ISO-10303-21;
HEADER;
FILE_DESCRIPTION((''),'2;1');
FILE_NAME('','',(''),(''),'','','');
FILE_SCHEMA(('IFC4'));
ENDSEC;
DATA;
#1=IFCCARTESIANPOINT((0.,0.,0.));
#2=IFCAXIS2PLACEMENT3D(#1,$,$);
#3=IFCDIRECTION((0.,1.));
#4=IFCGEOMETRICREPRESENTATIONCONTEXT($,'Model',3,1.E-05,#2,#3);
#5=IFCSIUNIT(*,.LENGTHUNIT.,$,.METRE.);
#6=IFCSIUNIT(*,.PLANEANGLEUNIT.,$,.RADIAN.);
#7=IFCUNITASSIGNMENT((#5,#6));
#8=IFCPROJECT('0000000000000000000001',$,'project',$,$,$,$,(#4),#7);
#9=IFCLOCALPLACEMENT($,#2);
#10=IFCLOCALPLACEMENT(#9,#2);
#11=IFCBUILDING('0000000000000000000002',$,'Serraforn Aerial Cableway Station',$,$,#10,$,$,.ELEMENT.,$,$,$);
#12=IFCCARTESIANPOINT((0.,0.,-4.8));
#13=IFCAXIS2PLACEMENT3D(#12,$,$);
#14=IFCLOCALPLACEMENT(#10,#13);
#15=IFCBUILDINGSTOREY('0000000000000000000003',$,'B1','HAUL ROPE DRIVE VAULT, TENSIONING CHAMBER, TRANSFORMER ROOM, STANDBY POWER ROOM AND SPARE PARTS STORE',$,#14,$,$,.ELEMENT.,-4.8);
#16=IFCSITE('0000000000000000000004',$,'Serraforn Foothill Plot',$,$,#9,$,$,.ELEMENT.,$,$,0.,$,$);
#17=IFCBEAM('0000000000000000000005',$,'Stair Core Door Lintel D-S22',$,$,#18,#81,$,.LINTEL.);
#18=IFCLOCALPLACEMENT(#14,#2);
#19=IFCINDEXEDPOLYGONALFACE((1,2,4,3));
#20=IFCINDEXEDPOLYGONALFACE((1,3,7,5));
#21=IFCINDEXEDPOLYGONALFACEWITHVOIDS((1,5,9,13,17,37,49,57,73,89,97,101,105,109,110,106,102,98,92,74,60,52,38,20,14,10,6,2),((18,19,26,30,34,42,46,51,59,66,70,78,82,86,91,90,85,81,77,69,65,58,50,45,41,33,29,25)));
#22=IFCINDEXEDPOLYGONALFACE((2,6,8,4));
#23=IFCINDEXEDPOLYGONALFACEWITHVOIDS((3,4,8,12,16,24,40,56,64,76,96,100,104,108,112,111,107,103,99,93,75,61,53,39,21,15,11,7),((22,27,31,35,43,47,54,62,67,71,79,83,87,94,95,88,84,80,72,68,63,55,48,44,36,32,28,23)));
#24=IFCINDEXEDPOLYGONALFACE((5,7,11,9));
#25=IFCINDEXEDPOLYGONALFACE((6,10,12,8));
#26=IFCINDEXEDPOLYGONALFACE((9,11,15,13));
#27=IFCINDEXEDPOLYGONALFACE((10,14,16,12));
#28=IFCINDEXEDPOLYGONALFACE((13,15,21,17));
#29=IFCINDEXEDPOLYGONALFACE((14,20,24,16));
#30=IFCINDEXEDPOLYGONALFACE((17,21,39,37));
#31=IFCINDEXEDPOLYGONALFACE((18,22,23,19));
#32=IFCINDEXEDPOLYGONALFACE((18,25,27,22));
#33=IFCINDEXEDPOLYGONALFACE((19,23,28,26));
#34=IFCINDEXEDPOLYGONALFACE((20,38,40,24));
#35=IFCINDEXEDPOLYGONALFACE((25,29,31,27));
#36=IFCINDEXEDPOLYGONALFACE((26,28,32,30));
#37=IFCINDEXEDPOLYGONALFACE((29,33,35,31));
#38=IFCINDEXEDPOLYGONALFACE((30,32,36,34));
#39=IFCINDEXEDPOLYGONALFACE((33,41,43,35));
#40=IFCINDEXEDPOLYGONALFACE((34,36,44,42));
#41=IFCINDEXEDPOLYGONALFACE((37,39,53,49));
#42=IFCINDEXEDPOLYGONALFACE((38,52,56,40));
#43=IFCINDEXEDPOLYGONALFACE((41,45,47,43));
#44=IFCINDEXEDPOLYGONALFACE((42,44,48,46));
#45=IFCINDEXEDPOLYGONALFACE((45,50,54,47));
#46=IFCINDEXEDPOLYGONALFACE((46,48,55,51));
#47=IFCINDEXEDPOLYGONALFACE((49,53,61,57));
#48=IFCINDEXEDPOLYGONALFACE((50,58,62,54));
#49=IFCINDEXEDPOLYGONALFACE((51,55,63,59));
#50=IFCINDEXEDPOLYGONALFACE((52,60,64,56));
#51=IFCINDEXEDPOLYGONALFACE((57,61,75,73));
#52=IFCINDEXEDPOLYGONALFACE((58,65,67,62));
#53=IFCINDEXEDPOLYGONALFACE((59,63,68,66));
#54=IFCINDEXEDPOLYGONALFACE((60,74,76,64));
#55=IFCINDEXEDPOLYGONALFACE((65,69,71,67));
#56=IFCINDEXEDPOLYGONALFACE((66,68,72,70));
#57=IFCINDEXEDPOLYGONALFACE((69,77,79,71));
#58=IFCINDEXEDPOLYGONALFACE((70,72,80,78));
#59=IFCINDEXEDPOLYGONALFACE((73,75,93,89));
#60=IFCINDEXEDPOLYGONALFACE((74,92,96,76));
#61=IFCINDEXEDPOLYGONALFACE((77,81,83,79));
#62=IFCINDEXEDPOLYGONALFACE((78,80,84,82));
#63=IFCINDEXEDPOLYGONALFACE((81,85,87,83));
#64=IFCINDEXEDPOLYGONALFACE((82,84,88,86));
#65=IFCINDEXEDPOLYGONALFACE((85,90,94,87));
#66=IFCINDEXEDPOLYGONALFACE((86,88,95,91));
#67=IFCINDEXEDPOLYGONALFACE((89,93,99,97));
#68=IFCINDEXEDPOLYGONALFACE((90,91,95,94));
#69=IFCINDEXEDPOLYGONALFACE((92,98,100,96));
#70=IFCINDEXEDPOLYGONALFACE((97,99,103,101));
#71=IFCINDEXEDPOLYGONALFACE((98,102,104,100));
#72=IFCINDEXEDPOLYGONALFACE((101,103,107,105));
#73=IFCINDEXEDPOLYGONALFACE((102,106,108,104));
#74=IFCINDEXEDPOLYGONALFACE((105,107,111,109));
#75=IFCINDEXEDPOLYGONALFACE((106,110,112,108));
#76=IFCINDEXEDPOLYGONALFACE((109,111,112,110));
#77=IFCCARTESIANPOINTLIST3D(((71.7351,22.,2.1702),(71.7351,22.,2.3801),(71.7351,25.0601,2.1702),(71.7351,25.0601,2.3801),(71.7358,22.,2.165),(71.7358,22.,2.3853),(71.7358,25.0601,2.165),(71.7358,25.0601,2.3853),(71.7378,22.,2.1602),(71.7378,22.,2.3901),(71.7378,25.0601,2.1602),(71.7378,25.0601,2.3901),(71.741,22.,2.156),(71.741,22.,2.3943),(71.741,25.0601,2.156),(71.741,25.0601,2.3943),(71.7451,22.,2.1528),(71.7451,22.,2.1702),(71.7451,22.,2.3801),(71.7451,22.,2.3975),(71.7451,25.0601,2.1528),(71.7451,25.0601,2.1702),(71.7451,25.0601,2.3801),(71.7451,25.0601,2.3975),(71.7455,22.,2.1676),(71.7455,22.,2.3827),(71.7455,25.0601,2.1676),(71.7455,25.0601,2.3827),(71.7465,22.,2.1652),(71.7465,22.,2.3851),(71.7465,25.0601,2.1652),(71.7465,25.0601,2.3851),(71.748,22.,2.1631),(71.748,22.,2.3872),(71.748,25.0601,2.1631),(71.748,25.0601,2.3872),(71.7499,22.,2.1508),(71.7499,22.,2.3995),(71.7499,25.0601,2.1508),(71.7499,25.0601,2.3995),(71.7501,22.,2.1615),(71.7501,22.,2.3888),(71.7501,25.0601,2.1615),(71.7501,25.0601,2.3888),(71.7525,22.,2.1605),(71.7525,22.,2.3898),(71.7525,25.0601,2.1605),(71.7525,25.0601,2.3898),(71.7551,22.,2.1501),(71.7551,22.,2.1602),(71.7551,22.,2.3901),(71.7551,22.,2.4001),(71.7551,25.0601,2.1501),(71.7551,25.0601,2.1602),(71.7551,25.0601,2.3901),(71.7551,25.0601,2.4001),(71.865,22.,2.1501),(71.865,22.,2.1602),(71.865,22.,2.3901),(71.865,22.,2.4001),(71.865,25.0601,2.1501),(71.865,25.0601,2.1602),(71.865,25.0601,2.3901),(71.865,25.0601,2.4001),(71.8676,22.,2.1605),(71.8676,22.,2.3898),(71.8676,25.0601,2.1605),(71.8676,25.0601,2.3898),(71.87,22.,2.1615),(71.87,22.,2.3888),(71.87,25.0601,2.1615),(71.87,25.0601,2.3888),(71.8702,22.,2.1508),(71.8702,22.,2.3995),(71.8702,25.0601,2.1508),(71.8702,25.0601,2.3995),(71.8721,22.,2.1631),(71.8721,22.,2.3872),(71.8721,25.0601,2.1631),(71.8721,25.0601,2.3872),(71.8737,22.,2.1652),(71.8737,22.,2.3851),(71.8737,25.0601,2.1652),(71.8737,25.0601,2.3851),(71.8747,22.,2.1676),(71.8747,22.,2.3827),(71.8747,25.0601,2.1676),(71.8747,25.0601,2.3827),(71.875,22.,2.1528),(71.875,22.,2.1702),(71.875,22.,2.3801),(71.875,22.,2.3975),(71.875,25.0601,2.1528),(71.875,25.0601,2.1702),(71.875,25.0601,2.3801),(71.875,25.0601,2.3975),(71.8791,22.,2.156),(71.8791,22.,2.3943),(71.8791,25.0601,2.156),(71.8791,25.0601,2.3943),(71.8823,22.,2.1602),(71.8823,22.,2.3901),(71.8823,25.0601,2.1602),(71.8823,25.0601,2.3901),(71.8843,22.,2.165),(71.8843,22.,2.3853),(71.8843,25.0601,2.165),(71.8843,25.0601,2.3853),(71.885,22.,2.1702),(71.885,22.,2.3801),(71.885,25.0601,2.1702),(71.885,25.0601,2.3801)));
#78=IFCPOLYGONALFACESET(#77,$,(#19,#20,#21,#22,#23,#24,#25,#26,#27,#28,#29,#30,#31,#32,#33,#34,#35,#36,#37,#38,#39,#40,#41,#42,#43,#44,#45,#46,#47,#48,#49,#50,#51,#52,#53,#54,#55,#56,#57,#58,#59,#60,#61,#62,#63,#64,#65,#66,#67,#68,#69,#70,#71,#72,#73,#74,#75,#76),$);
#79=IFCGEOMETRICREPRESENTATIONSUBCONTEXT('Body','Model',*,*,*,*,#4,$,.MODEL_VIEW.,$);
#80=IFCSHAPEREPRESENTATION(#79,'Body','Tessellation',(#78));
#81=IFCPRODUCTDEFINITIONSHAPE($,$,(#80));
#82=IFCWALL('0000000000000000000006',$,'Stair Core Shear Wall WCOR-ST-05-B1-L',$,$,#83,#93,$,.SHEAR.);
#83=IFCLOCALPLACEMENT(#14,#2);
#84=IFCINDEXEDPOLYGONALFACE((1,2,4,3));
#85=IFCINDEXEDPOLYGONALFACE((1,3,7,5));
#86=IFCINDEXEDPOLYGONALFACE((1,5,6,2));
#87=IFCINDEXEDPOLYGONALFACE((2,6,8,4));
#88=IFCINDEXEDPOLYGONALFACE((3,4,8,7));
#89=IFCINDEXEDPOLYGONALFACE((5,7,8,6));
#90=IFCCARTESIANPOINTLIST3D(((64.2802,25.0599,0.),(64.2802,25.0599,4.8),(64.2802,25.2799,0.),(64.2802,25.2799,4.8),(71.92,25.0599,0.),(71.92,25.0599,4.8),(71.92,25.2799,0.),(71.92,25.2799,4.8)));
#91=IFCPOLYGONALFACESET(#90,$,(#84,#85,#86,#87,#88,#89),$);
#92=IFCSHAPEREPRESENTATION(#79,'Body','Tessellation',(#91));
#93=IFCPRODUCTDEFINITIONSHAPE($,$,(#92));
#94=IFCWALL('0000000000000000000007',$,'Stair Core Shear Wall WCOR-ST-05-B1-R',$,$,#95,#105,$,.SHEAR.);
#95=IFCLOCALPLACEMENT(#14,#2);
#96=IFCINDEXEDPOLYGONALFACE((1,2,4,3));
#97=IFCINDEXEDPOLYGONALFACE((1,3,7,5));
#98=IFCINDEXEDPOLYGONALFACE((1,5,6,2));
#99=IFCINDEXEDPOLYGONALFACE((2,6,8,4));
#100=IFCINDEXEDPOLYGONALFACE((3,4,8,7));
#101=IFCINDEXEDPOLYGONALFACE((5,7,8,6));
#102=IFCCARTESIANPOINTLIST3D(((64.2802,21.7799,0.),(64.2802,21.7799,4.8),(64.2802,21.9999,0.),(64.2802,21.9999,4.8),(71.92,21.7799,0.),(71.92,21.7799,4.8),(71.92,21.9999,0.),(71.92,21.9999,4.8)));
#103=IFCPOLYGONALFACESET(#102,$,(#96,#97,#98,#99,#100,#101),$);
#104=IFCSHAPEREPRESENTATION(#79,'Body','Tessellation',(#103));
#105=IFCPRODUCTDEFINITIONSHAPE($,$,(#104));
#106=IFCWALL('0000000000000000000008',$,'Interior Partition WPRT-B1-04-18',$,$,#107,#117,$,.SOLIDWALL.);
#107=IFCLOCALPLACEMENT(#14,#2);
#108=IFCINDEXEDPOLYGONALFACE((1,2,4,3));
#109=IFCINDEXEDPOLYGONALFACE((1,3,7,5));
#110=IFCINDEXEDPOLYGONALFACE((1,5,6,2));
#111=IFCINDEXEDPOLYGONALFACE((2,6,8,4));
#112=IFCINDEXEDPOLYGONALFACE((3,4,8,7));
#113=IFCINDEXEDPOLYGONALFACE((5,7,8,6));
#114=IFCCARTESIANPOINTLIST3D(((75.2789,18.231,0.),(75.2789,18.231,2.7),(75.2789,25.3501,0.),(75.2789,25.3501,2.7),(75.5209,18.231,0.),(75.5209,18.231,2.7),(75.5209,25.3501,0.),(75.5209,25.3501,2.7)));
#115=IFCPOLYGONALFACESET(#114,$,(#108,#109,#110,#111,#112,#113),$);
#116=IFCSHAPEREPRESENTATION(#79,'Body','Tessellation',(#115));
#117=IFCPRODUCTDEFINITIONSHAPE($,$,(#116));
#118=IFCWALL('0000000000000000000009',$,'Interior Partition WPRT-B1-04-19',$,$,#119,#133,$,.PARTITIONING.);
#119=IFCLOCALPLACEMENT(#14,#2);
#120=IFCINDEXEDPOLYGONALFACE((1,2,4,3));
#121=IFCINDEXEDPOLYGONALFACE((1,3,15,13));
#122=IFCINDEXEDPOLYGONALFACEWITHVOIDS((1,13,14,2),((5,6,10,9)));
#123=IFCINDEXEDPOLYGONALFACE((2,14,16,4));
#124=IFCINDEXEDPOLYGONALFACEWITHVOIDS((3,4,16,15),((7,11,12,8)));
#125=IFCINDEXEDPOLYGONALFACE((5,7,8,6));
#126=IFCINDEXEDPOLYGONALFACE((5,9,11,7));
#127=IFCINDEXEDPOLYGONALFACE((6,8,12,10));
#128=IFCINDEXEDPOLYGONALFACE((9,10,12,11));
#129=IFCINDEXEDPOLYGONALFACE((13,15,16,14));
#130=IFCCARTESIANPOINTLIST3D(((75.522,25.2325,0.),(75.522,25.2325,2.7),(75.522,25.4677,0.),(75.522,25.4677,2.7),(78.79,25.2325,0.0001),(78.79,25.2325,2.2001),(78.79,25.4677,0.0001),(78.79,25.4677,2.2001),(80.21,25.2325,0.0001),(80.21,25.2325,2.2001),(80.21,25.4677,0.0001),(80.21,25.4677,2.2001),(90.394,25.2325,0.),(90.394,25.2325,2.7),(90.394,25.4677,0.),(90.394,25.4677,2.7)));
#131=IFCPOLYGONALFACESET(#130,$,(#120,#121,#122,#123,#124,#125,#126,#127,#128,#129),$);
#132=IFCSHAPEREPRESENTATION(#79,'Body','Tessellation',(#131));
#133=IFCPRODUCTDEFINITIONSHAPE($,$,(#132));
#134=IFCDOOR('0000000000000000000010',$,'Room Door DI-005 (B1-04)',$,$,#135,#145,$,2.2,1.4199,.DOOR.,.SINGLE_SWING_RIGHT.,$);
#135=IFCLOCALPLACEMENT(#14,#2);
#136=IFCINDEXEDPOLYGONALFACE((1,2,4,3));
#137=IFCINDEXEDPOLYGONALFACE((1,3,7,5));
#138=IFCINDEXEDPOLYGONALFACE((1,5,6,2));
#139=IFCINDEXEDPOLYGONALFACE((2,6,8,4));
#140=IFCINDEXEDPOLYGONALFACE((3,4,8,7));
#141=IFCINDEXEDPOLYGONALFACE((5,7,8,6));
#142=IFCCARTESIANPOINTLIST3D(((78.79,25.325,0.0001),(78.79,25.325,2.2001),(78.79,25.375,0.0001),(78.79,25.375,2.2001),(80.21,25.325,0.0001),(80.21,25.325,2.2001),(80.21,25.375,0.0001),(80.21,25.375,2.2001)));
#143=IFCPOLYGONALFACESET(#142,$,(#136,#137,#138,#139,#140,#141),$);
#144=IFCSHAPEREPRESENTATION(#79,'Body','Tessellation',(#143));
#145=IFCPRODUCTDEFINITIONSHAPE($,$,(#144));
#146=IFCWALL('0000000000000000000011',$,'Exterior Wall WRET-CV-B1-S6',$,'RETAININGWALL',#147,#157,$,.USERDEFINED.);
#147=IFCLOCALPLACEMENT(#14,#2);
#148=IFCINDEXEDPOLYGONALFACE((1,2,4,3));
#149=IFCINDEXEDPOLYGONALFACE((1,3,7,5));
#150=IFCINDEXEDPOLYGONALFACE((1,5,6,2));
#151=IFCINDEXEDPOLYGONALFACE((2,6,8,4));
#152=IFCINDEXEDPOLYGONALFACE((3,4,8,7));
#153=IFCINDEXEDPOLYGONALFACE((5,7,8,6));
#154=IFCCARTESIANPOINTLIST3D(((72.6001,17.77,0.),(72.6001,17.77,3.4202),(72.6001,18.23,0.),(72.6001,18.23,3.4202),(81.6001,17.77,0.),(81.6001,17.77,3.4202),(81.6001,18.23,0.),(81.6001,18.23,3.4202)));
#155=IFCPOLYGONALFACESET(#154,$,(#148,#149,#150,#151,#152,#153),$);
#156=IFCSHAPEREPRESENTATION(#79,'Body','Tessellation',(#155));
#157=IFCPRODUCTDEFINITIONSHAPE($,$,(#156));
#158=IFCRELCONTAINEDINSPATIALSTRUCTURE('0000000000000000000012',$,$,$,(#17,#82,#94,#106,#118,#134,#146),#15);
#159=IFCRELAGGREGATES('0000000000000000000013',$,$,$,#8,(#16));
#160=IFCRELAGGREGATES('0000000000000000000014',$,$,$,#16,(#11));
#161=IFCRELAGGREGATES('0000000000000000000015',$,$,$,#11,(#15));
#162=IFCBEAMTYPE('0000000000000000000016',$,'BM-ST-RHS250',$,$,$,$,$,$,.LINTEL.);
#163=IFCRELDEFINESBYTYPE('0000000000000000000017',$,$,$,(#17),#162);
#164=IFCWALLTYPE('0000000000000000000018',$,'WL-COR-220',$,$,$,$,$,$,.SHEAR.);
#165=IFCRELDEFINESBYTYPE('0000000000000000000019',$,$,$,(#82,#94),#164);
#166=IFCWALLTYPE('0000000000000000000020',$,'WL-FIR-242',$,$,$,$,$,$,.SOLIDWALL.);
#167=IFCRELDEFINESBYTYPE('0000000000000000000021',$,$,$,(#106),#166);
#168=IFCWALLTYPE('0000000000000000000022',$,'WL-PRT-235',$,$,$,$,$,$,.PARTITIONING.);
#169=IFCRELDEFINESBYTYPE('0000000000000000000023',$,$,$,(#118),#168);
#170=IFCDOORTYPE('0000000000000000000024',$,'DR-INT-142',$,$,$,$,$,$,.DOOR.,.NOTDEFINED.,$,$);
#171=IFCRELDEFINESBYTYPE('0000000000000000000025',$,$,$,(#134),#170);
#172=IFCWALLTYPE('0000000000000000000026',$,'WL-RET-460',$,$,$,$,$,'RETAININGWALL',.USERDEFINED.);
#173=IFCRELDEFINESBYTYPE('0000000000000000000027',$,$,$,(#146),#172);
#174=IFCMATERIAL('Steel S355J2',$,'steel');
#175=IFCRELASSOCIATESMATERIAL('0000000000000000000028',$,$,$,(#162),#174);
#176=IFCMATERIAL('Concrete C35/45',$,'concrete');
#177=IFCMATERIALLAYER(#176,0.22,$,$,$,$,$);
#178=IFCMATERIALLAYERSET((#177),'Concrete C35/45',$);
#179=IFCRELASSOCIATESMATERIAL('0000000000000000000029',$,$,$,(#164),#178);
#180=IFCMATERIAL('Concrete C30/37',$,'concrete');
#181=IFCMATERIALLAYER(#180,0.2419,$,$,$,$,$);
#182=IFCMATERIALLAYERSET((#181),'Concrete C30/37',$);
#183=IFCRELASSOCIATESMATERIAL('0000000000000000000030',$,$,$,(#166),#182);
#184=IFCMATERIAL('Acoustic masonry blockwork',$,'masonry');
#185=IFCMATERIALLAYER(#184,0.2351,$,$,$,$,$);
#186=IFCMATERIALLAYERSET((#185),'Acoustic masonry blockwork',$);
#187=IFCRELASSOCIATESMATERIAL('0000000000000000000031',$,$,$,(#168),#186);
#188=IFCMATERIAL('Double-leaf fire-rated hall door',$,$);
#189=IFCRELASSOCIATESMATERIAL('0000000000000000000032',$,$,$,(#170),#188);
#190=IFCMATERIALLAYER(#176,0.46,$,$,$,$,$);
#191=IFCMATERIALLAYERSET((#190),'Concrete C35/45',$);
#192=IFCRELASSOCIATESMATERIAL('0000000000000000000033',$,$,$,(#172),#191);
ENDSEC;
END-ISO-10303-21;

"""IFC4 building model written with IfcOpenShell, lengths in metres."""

from ifc_helpers import new_model, si_unit, direction, frame, frame_2d, origin, origin_2d, place, context, subcontext, project, spatial, rectangle, hollow_rectangle, extrude, material, layer, layer_set, material_profile, profile_set, type_object, element, fill, save


model = new_model("IFC4")

# Units and contexts
model_context = context("Model", 3, precision=1e-05, world=origin(), true_north=direction((0.0, 1.0)))
body_context = subcontext(model_context, "Body", "Model", "MODEL_VIEW")
ifc_project = project(units=[si_unit("LENGTHUNIT", "METRE"), si_unit("PLANEANGLEUNIT", "RADIAN")], contexts=[model_context])

# Site, building, storey
site_placement = place(None, origin())
site = spatial("IfcSite", under=ifc_project, at=site_placement, Name="Serraforn Foothill Plot", CompositionType="ELEMENT", RefElevation=0.0)
building_placement = place(site_placement, origin())
building = spatial("IfcBuilding", under=site, at=building_placement, Name="Serraforn Aerial Cableway Station", CompositionType="ELEMENT")
storey_placement = place(building_placement, frame((0.0, 0.0, -4.8)))
storey = spatial("IfcBuildingStorey", under=building, at=storey_placement, Name="B1", Description="HAUL ROPE DRIVE VAULT, TENSIONING CHAMBER, TRANSFORMER ROOM, STANDBY POWER ROOM AND SPARE PARTS STORE", CompositionType="ELEMENT", Elevation=-4.8)

# Shared definitions
ifc_material_1 = material(Name="Concrete C35/45", Category="concrete")

# Beam
ifc_material_2 = material(Name="Steel S355J2", Category="steel")
ifc_material_profile_1 = material_profile(ifc_material_2, hollow_rectangle(XDim=0.1499, YDim=0.25, WallThickness=0.01, InnerFilletRadius=0.01, OuterFilletRadius=0.02, at=origin_2d()), Name="RHS 250x150x10.0")
ifc_profile_set_1 = profile_set([ifc_material_profile_1], Name="Steel S355J2")
beam_type = type_object("IfcBeamType", Name="BM-ST-RHS250", PredefinedType="LINTEL", material=ifc_profile_set_1)
beam_placement = place(storey_placement, frame((71.8101, 25.0601, 2.2751), z_axis=(0.0, -1.0, 0.0), x_axis=(1.0, 0.0, 0.0)))
element("IfcBeam", 1, at=beam_placement, inside=storey, type_object=beam_type, Name="Stair Core Door Lintel D-S22", PredefinedType="LINTEL", context=body_context, shape_type="SweptSolid", body=[
    extrude(hollow_rectangle(XDim=0.1499, YDim=0.25, WallThickness=0.01, InnerFilletRadius=0.01, OuterFilletRadius=0.02, at=origin_2d()), origin(), (0.0, 0.0, 1.0), 3.0601),
])

# Shared definitions
ifc_layer_1 = layer(ifc_material_1, 0.22)
ifc_layer_set_1 = layer_set([ifc_layer_1], Name="Concrete C35/45")
wall_type_1 = type_object("IfcWallType", Name="WL-COR-220", PredefinedType="SHEAR", material=ifc_layer_set_1)

# Walls
for number, where, z_axis, x_axis, name in (
    (2, (71.9199, 25.1699, 0.0), (0.0, 0.0, 1.0), (-1.0, 0.0, 0.0), "Stair Core Shear Wall WCOR-ST-05-B1-L"),
    (3, (71.9199, 21.8899, 0.0), (0.0, 0.0, 1.0), (-1.0, 0.0, 0.0), "Stair Core Shear Wall WCOR-ST-05-B1-R"),
):
    element("IfcWall", number, at=place(storey_placement, frame(where, z_axis=z_axis, x_axis=x_axis)), inside=storey, type_object=wall_type_1, Name=name, PredefinedType="SHEAR", context=body_context, shape_type="SweptSolid", body=[
        extrude(rectangle(XDim=7.6399, YDim=0.22, at=frame_2d((3.8198, 0.0))), origin(), (0.0, 0.0, 1.0), 4.8),
    ])
ifc_material_3 = material(Name="Concrete C30/37", Category="concrete")
ifc_layer_2 = layer(ifc_material_3, 0.2419)
ifc_layer_set_2 = layer_set([ifc_layer_2], Name="Concrete C30/37")
wall_type_2 = type_object("IfcWallType", Name="WL-FIR-242", PredefinedType="SOLIDWALL", material=ifc_layer_set_2)
wall_1_placement = place(storey_placement, frame((75.3999, 18.231, 0.0), z_axis=(0.0, 0.0, 1.0), x_axis=(0.0, 1.0, 0.0)))
element("IfcWall", 4, at=wall_1_placement, inside=storey, type_object=wall_type_2, Name="Interior Partition WPRT-B1-04-18", PredefinedType="SOLIDWALL", context=body_context, shape_type="SweptSolid", body=[
    extrude(rectangle(XDim=7.1191, YDim=0.2419, at=frame_2d((3.5596, 0.0))), origin(), (0.0, 0.0, 1.0), 2.7),
])

# Wall, opening, door
ifc_material_4 = material(Name="Acoustic masonry blockwork", Category="masonry")
ifc_layer_3 = layer(ifc_material_4, 0.2351)
ifc_layer_set_3 = layer_set([ifc_layer_3], Name="Acoustic masonry blockwork")
wall_type_3 = type_object("IfcWallType", Name="WL-PRT-235", PredefinedType="PARTITIONING", material=ifc_layer_set_3)
wall_2_placement = place(storey_placement, frame((75.522, 25.3501, 0.0), z_axis=(0.0, 0.0, 1.0), x_axis=(1.0, 0.0, 0.0)))
wall_2 = element("IfcWall", 5, at=wall_2_placement, inside=storey, type_object=wall_type_3, Name="Interior Partition WPRT-B1-04-19", PredefinedType="PARTITIONING", context=body_context, shape_type="SweptSolid", body=[
    extrude(rectangle(XDim=14.8721, YDim=0.2351, at=frame_2d((7.436, 0.0))), origin(), (0.0, 0.0, 1.0), 2.7),
])
opening_1_placement = place(wall_2_placement, frame((3.2681, 0.0, 0.0)))
opening_1 = element("IfcOpeningElement", 6, at=opening_1_placement, cuts=wall_2, PredefinedType="OPENING", context=body_context, shape_type="SweptSolid", body=[
    extrude(rectangle(XDim=1.4199, YDim=2.2, at=frame_2d((0.71, 1.1001))), frame((0.0, 0.1274, 0.0), z_axis=(0.0, -1.0, 0.0), x_axis=(1.0, 0.0, 0.0)), (0.0, 0.0, 1.0), 0.2551),
])
ifc_material_5 = material(Name="Double-leaf fire-rated hall door")
door_type_1 = type_object("IfcDoorType", Name="DR-INT-142", OperationType="NOTDEFINED", PredefinedType="DOOR", material=ifc_material_5)
door_1_placement = place(opening_1_placement, origin())
door_1 = element("IfcDoor", 7, at=door_1_placement, inside=storey, type_object=door_type_1, Name="Room Door DI-005 (B1-04)", OperationType="SINGLE_SWING_RIGHT", OverallHeight=2.2, OverallWidth=1.4199, PredefinedType="DOOR", context=body_context, shape_type="SweptSolid", body=[
    extrude(rectangle(XDim=1.4199, YDim=2.2, at=frame_2d((0.71, 1.1001))), frame((0.0, 0.0249, 0.0), z_axis=(0.0, -1.0, 0.0), x_axis=(1.0, 0.0, 0.0)), (0.0, 0.0, 1.0), 0.05),
])
fill(opening_1, door_1)

# Wall
ifc_layer_4 = layer(ifc_material_1, 0.46)
ifc_layer_set_4 = layer_set([ifc_layer_4], Name="Concrete C35/45")
wall_type_4 = type_object("IfcWallType", Name="WL-RET-460", ElementType="RETAININGWALL", PredefinedType="USERDEFINED", material=ifc_layer_set_4)
wall_3_placement = place(storey_placement, frame((72.6001, 18.0, 0.0), z_axis=(0.0, 0.0, 1.0), x_axis=(1.0, 0.0, 0.0)))
element("IfcWall", 8, at=wall_3_placement, inside=storey, type_object=wall_type_4, Name="Exterior Wall WRET-CV-B1-S6", ObjectType="RETAININGWALL", PredefinedType="USERDEFINED", context=body_context, shape_type="SweptSolid", body=[
    extrude(rectangle(XDim=9.0, YDim=0.46, at=frame_2d((4.5, 0.0))), origin(), (0.0, 0.0, 1.0), 3.4202),
])

save(model, "model.ifc")
